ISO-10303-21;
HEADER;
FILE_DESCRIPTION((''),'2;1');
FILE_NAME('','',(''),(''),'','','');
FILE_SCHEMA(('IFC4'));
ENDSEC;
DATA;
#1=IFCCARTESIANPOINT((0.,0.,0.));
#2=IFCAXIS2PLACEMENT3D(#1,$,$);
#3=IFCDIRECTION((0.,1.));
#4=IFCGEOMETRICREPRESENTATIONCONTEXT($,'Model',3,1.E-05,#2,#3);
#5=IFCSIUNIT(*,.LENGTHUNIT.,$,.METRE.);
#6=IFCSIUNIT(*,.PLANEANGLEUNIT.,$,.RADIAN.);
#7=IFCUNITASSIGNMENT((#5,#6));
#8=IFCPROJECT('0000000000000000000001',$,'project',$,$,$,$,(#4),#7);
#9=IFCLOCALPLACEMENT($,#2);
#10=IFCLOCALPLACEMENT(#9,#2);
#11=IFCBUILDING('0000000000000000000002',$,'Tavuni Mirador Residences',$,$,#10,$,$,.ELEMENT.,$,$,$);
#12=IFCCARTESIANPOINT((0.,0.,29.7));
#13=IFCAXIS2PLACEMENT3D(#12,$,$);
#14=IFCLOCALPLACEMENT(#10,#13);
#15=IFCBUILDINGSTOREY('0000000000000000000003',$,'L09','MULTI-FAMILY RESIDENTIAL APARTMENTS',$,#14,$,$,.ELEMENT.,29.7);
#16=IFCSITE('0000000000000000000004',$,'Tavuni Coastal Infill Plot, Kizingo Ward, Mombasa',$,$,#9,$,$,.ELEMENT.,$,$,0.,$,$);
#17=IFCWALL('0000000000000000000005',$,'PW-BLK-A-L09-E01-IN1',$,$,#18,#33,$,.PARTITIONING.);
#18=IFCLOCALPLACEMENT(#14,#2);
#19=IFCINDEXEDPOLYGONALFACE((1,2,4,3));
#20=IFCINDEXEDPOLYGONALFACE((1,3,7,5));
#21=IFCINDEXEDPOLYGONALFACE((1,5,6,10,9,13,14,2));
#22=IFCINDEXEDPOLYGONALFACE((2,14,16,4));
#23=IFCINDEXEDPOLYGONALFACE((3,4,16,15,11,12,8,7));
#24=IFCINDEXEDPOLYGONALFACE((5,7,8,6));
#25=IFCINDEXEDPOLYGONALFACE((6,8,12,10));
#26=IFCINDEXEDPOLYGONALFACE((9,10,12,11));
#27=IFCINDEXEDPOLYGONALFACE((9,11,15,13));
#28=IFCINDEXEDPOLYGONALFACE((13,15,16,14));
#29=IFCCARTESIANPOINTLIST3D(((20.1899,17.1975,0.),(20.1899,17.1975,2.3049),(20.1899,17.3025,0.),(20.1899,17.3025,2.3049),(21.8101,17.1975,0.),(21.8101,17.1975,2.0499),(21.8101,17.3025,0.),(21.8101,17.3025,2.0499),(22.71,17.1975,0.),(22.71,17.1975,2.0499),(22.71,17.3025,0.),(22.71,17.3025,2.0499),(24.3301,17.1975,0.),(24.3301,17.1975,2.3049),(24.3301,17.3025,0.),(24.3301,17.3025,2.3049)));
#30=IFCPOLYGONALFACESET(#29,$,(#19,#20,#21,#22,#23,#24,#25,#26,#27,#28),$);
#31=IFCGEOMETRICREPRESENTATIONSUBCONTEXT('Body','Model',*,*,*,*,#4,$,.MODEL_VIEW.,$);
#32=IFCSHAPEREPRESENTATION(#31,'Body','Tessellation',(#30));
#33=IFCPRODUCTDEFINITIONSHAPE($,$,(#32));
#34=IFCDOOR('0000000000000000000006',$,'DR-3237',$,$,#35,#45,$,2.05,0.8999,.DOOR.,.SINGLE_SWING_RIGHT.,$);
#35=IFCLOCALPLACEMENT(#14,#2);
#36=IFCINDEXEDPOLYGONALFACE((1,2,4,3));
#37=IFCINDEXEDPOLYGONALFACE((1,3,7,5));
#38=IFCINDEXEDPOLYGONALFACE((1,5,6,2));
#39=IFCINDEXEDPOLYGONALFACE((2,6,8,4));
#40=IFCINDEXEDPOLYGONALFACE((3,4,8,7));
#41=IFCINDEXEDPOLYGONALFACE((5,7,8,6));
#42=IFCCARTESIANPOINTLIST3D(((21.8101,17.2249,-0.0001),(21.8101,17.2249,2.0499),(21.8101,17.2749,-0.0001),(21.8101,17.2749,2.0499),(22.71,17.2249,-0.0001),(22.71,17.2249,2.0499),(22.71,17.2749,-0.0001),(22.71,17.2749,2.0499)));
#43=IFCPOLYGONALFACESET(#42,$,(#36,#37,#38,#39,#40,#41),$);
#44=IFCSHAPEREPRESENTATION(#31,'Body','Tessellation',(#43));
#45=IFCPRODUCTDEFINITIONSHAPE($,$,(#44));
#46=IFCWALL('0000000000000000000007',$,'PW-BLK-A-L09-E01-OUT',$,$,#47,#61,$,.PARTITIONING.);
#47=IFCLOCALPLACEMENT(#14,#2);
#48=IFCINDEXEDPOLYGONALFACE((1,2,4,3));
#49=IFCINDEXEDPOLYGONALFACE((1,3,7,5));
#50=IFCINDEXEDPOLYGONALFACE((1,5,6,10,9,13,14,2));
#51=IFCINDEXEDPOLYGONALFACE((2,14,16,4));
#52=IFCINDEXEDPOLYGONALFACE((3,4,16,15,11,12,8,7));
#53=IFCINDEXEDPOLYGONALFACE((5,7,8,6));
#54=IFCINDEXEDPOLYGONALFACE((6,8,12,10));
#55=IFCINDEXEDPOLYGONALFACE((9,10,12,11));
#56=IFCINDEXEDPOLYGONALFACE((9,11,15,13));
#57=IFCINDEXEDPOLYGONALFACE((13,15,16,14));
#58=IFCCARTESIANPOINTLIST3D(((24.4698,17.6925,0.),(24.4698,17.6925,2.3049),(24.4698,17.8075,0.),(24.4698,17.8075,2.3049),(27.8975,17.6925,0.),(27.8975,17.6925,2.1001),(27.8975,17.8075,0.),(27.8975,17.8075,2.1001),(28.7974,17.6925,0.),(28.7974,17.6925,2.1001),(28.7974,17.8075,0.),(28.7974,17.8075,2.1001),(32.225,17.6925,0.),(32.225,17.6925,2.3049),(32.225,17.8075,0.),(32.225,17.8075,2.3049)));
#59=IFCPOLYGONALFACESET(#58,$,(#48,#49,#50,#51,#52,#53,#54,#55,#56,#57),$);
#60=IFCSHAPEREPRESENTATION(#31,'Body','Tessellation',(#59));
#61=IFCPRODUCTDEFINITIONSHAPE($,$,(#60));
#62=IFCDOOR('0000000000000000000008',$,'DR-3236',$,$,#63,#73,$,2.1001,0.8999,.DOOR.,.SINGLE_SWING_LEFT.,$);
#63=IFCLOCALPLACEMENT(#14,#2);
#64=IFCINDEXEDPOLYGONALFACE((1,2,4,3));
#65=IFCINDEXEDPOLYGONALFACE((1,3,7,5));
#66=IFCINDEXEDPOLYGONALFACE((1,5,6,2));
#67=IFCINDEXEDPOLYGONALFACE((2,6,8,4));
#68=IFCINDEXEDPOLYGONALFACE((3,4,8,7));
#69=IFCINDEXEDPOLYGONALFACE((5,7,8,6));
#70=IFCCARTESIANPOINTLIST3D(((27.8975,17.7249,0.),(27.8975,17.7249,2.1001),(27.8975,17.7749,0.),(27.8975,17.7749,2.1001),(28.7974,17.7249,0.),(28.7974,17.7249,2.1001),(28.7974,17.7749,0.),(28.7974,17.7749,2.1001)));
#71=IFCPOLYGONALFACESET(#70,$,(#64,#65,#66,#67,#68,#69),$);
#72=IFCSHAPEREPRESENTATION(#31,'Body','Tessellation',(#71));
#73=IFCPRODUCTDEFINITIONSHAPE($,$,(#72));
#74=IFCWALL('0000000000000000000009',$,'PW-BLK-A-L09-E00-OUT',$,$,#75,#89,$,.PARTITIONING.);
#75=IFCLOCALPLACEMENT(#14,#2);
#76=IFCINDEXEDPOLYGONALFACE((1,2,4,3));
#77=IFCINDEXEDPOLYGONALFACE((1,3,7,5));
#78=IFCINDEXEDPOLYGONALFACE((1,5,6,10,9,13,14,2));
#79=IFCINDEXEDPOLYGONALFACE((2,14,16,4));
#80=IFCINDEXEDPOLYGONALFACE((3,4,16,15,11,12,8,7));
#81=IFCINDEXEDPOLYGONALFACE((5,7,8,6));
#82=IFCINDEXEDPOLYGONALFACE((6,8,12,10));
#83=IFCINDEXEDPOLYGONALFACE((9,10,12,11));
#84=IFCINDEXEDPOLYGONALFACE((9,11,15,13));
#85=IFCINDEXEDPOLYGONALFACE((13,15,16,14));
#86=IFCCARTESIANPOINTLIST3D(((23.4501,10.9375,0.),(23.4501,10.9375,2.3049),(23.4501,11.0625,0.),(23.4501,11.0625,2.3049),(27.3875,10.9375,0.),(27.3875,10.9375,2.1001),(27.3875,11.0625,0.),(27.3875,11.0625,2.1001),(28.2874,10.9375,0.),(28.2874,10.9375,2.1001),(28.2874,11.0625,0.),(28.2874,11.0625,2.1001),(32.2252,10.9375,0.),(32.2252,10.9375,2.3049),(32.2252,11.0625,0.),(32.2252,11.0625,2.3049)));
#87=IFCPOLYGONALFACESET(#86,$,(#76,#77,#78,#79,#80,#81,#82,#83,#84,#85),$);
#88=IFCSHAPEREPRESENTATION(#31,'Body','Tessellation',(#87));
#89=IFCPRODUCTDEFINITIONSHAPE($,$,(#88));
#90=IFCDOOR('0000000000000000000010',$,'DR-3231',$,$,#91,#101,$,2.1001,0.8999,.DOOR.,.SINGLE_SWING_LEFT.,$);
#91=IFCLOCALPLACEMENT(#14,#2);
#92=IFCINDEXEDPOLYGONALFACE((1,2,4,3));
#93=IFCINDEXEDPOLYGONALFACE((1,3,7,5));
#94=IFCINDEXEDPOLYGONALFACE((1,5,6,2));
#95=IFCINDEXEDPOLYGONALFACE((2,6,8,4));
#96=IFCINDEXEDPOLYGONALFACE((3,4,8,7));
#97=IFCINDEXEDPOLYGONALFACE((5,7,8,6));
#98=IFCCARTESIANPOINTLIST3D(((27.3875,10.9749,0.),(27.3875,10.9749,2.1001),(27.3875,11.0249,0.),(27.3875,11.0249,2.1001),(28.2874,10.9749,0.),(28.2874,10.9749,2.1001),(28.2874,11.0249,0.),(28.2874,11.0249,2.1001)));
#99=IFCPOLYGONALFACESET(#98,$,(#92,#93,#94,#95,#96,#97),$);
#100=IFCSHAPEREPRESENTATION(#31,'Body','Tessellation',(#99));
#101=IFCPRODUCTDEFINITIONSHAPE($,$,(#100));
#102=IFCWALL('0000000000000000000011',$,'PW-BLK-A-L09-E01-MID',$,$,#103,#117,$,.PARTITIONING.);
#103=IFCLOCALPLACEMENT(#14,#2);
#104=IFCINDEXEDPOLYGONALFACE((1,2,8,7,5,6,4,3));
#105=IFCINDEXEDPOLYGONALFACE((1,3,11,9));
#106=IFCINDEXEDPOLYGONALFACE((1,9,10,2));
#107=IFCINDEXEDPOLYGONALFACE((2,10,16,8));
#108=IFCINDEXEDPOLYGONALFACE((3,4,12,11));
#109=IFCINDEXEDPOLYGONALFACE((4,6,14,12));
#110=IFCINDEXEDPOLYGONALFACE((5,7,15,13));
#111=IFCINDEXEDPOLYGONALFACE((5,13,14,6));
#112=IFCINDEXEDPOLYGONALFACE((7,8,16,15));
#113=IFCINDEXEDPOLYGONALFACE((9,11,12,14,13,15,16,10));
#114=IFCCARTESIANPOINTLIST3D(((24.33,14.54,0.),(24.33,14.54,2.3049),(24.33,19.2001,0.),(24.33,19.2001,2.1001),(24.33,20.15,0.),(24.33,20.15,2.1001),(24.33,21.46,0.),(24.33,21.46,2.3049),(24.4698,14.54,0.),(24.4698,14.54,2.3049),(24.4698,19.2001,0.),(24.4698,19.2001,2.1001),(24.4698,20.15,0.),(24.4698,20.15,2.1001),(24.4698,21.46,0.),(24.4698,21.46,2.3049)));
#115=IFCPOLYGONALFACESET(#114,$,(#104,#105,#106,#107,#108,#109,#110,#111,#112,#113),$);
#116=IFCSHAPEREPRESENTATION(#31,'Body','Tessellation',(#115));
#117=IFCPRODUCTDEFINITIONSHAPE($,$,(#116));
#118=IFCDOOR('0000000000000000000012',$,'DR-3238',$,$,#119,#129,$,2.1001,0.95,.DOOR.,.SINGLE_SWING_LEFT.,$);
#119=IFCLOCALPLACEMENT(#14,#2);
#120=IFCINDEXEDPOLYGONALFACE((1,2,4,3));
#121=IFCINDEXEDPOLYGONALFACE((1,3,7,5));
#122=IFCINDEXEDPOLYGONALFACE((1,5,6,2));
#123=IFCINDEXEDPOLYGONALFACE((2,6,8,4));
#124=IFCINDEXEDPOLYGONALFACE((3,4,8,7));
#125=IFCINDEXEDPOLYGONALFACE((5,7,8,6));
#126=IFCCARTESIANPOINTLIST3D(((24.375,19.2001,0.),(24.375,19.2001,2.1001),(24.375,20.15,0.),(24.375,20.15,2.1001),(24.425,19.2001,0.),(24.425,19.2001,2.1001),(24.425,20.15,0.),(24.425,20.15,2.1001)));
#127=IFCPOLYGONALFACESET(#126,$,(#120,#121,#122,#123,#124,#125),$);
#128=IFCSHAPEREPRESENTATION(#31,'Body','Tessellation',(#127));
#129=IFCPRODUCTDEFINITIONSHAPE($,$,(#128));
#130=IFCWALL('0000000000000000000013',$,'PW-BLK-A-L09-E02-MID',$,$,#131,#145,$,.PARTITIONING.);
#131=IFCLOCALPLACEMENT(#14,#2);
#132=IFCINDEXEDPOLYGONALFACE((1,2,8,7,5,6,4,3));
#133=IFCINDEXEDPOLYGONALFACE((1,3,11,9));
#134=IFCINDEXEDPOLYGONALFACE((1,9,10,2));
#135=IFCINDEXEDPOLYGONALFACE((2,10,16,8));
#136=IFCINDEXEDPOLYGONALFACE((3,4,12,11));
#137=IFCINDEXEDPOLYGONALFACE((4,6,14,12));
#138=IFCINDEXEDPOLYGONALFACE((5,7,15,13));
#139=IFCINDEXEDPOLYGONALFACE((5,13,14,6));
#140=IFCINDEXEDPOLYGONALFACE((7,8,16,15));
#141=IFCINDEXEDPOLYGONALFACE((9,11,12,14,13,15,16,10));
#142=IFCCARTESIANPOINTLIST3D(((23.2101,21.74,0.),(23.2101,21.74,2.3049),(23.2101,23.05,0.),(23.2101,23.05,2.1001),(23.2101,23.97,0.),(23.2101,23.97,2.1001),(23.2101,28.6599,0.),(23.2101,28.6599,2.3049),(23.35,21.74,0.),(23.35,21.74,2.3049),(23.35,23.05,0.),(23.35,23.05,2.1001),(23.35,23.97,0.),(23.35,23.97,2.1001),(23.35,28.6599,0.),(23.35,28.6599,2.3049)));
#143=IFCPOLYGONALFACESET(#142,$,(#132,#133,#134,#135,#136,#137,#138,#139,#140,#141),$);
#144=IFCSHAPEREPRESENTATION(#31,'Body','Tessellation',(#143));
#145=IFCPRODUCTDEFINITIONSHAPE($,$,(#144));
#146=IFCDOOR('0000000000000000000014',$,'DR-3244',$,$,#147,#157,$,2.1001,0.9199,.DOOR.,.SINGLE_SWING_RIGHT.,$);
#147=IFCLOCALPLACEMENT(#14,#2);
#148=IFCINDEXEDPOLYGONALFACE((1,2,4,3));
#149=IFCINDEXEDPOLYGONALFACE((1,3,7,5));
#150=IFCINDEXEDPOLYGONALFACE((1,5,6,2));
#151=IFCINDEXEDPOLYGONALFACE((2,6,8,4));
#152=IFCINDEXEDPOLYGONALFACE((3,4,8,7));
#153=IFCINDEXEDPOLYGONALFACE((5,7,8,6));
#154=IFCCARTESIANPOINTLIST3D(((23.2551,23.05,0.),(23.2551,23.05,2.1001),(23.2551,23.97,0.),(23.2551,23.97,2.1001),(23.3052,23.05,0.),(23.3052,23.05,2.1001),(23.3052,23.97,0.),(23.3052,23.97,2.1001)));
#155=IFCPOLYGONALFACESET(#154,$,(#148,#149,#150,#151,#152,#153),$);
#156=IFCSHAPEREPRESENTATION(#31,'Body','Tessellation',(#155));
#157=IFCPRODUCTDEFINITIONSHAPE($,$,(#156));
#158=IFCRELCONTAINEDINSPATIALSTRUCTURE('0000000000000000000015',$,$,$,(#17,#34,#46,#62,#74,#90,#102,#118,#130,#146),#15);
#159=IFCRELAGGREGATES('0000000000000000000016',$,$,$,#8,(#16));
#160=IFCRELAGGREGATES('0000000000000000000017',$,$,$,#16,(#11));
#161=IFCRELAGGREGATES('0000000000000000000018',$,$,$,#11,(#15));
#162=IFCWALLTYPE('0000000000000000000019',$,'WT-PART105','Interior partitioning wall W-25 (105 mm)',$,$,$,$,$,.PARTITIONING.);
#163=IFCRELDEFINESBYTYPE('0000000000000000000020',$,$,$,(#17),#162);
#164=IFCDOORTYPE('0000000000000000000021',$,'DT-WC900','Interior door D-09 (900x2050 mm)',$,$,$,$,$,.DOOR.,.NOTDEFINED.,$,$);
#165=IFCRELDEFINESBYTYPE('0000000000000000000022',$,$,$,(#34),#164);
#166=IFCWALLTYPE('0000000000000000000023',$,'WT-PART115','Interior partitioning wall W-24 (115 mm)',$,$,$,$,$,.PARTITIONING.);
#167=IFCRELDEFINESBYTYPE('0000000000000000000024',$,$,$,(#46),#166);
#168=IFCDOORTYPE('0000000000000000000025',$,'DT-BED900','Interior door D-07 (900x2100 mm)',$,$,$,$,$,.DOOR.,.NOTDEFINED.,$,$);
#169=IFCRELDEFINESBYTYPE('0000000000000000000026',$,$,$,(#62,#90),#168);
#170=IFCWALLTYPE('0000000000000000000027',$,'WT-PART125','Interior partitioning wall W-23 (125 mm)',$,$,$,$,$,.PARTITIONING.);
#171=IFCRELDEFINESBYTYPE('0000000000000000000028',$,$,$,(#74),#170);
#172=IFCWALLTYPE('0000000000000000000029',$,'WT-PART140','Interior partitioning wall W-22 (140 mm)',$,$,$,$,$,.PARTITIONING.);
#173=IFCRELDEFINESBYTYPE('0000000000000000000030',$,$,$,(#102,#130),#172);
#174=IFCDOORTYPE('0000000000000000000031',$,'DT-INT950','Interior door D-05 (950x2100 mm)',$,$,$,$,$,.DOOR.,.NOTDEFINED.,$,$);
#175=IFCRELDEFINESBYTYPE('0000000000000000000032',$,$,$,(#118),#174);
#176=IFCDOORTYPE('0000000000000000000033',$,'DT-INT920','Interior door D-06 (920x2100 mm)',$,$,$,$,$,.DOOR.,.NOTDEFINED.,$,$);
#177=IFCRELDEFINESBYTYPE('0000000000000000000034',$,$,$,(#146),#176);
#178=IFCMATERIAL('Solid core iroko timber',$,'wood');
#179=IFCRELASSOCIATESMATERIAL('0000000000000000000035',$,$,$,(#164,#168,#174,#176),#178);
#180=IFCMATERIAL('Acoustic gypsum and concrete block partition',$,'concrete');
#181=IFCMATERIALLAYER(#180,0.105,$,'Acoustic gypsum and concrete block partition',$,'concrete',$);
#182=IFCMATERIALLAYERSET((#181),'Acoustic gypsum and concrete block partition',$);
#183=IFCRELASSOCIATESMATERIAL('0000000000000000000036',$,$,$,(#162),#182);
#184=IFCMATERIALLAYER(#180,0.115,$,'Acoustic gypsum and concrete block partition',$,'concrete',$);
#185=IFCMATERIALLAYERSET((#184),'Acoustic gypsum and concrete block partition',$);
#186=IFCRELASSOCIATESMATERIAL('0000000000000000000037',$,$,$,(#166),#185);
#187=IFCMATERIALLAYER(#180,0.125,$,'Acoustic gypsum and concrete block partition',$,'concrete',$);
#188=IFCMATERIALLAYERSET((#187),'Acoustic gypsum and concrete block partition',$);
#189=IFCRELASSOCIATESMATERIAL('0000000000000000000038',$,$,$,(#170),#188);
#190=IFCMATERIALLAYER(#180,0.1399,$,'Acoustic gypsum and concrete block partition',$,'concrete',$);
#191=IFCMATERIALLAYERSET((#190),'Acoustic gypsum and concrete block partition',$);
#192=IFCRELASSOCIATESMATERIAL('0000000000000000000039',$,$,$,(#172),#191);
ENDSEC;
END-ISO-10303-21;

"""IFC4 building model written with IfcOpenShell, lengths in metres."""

from ifc_helpers import new_model, si_unit, direction, frame, frame_2d, origin, place, context, subcontext, project, spatial, rectangle, extrude, material, layer, layer_set, type_object, element, fill, save


model = new_model("IFC4")

# Units and contexts
model_context = context("Model", 3, precision=1e-05, world=origin(), true_north=direction((0.0, 1.0)))
body_context = subcontext(model_context, "Body", "Model", "MODEL_VIEW")
ifc_project = project(units=[si_unit("LENGTHUNIT", "METRE"), si_unit("PLANEANGLEUNIT", "RADIAN")], contexts=[model_context])

# Site, building, storey
site_placement = place(None, origin())
site = spatial("IfcSite", under=ifc_project, at=site_placement, Name="Tavuni Coastal Infill Plot, Kizingo Ward, Mombasa", CompositionType="ELEMENT", RefElevation=0.0)
building_placement = place(site_placement, origin())
building = spatial("IfcBuilding", under=site, at=building_placement, Name="Tavuni Mirador Residences", CompositionType="ELEMENT")
storey_placement = place(building_placement, frame((0.0, 0.0, 29.7)))
storey = spatial("IfcBuildingStorey", under=building, at=storey_placement, Name="L09", Description="MULTI-FAMILY RESIDENTIAL APARTMENTS", CompositionType="ELEMENT", Elevation=29.7)

# Walls, openings, doors
ifc_material_1 = material(Name="Acoustic gypsum and concrete block partition", Category="concrete")
ifc_material_2 = material(Name="Solid core iroko timber", Category="wood")
door_type_1 = type_object("IfcDoorType", Name="DT-WC900", Description="Interior door D-09 (900x2050 mm)", OperationType="NOTDEFINED", PredefinedType="DOOR", material=ifc_material_2)
ifc_layer_1 = layer(ifc_material_1, 0.105, Name="Acoustic gypsum and concrete block partition", Category="concrete")
ifc_layer_set_1 = layer_set([ifc_layer_1], Name="Acoustic gypsum and concrete block partition")
wall_type_1 = type_object("IfcWallType", Name="WT-PART105", Description="Interior partitioning wall W-25 (105 mm)", PredefinedType="PARTITIONING", material=ifc_layer_set_1)
wall_1_placement = place(storey_placement, frame((20.1899, 17.25, 0.0), z_axis=(0.0, 0.0, 1.0), x_axis=(1.0, 0.0, 0.0)))
wall_1 = element("IfcWall", 1, at=wall_1_placement, inside=storey, type_object=wall_type_1, Name="PW-BLK-A-L09-E01-IN1", PredefinedType="PARTITIONING", context=body_context, shape_type="SweptSolid", body=[
    extrude(rectangle(XDim=4.1401, YDim=0.105, at=frame_2d((2.0701, 0.0))), origin(), (0.0, 0.0, 1.0), 2.3049),
])
opening_1_placement = place(wall_1_placement, frame((1.6201, 0.0, 0.0)))
opening_1 = element("IfcOpeningElement", 2, at=opening_1_placement, cuts=wall_1, PredefinedType="OPENING", context=body_context, shape_type="SweptSolid", body=[
    extrude(rectangle(XDim=0.8999, YDim=2.05, at=frame_2d((0.45, 1.0249))), frame((0.0, 0.0625, 0.0), z_axis=(0.0, -1.0, 0.0), x_axis=(1.0, 0.0, 0.0)), (0.0, 0.0, 1.0), 0.125),
])
door_1_placement = place(opening_1_placement, origin())
door_1 = element("IfcDoor", 3, at=door_1_placement, inside=storey, type_object=door_type_1, Name="DR-3237", OperationType="SINGLE_SWING_RIGHT", OverallHeight=2.05, OverallWidth=0.8999, PredefinedType="DOOR", context=body_context, shape_type="SweptSolid", body=[
    extrude(rectangle(XDim=0.8999, YDim=2.05, at=frame_2d((0.45, 1.0249))), frame((0.0, 0.0249, 0.0), z_axis=(0.0, -1.0, 0.0), x_axis=(1.0, 0.0, 0.0)), (0.0, 0.0, 1.0), 0.05),
])
fill(opening_1, door_1)
ifc_layer_2 = layer(ifc_material_1, 0.115, Name="Acoustic gypsum and concrete block partition", Category="concrete")
ifc_layer_set_2 = layer_set([ifc_layer_2], Name="Acoustic gypsum and concrete block partition")
wall_type_2 = type_object("IfcWallType", Name="WT-PART115", Description="Interior partitioning wall W-24 (115 mm)", PredefinedType="PARTITIONING", material=ifc_layer_set_2)
wall_2_placement = place(storey_placement, frame((24.47, 17.75, 0.0), z_axis=(0.0, 0.0, 1.0), x_axis=(1.0, 0.0, 0.0)))
wall_2 = element("IfcWall", 4, at=wall_2_placement, inside=storey, type_object=wall_type_2, Name="PW-BLK-A-L09-E01-OUT", PredefinedType="PARTITIONING", context=body_context, shape_type="SweptSolid", body=[
    extrude(rectangle(XDim=7.7551, YDim=0.115, at=frame_2d((3.8774, 0.0))), origin(), (0.0, 0.0, 1.0), 2.3049),
])
opening_2_placement = place(wall_2_placement, frame((3.4275, 0.0, 0.0)))
opening_2 = element("IfcOpeningElement", 5, at=opening_2_placement, cuts=wall_2, PredefinedType="OPENING", context=body_context, shape_type="SweptSolid", body=[
    extrude(rectangle(XDim=0.8999, YDim=2.1001, at=frame_2d((0.45, 1.05))), frame((0.0, 0.0674, 0.0), z_axis=(0.0, -1.0, 0.0), x_axis=(1.0, 0.0, 0.0)), (0.0, 0.0, 1.0), 0.135),
])
door_type_2 = type_object("IfcDoorType", Name="DT-BED900", Description="Interior door D-07 (900x2100 mm)", OperationType="NOTDEFINED", PredefinedType="DOOR", material=ifc_material_2)
door_2_placement = place(opening_2_placement, origin())
door_2 = element("IfcDoor", 6, at=door_2_placement, inside=storey, type_object=door_type_2, Name="DR-3236", OperationType="SINGLE_SWING_LEFT", OverallHeight=2.1001, OverallWidth=0.8999, PredefinedType="DOOR", context=body_context, shape_type="SweptSolid", body=[
    extrude(rectangle(XDim=0.8999, YDim=2.1001, at=frame_2d((0.45, 1.05))), frame((0.0, 0.0249, 0.0), z_axis=(0.0, -1.0, 0.0), x_axis=(1.0, 0.0, 0.0)), (0.0, 0.0, 1.0), 0.05),
])
fill(opening_2, door_2)
ifc_layer_3 = layer(ifc_material_1, 0.125, Name="Acoustic gypsum and concrete block partition", Category="concrete")
ifc_layer_set_3 = layer_set([ifc_layer_3], Name="Acoustic gypsum and concrete block partition")
wall_type_3 = type_object("IfcWallType", Name="WT-PART125", Description="Interior partitioning wall W-23 (125 mm)", PredefinedType="PARTITIONING", material=ifc_layer_set_3)
wall_3_placement = place(storey_placement, frame((23.45, 11.0, 0.0), z_axis=(0.0, 0.0, 1.0), x_axis=(1.0, 0.0, 0.0)))
wall_3 = element("IfcWall", 7, at=wall_3_placement, inside=storey, type_object=wall_type_3, Name="PW-BLK-A-L09-E00-OUT", PredefinedType="PARTITIONING", context=body_context, shape_type="SweptSolid", body=[
    extrude(rectangle(XDim=8.7751, YDim=0.125, at=frame_2d((4.3877, 0.0))), origin(), (0.0, 0.0, 1.0), 2.3049),
])
opening_3_placement = place(wall_3_placement, frame((3.9375, 0.0, 0.0)))
opening_3 = element("IfcOpeningElement", 8, at=opening_3_placement, cuts=wall_3, PredefinedType="OPENING", context=body_context, shape_type="SweptSolid", body=[
    extrude(rectangle(XDim=0.8999, YDim=2.1001, at=frame_2d((0.45, 1.05))), frame((0.0, 0.0725, 0.0), z_axis=(0.0, -1.0, 0.0), x_axis=(1.0, 0.0, 0.0)), (0.0, 0.0, 1.0), 0.145),
])
door_3_placement = place(opening_3_placement, origin())
door_3 = element("IfcDoor", 9, at=door_3_placement, inside=storey, type_object=door_type_2, Name="DR-3231", OperationType="SINGLE_SWING_LEFT", OverallHeight=2.1001, OverallWidth=0.8999, PredefinedType="DOOR", context=body_context, shape_type="SweptSolid", body=[
    extrude(rectangle(XDim=0.8999, YDim=2.1001, at=frame_2d((0.45, 1.05))), frame((0.0, 0.0249, 0.0), z_axis=(0.0, -1.0, 0.0), x_axis=(1.0, 0.0, 0.0)), (0.0, 0.0, 1.0), 0.05),
])
fill(opening_3, door_3)
ifc_layer_4 = layer(ifc_material_1, 0.1399, Name="Acoustic gypsum and concrete block partition", Category="concrete")
ifc_layer_set_4 = layer_set([ifc_layer_4], Name="Acoustic gypsum and concrete block partition")
wall_type_4 = type_object("IfcWallType", Name="WT-PART140", Description="Interior partitioning wall W-22 (140 mm)", PredefinedType="PARTITIONING", material=ifc_layer_set_4)
wall_4_placement = place(storey_placement, frame((24.3999, 14.54, 0.0), z_axis=(0.0, 0.0, 1.0), x_axis=(0.0, 1.0, 0.0)))
wall_4 = element("IfcWall", 10, at=wall_4_placement, inside=storey, type_object=wall_type_4, Name="PW-BLK-A-L09-E01-MID", PredefinedType="PARTITIONING", context=body_context, shape_type="SweptSolid", body=[
    extrude(rectangle(XDim=6.9199, YDim=0.1399, at=frame_2d((3.46, 0.0))), origin(), (0.0, 0.0, 1.0), 2.3049),
])
opening_4_placement = place(wall_4_placement, frame((4.6599, 0.0, 0.0)))
opening_4 = element("IfcOpeningElement", 11, at=opening_4_placement, cuts=wall_4, PredefinedType="OPENING", context=body_context, shape_type="SweptSolid", body=[
    extrude(rectangle(XDim=0.95, YDim=2.1001, at=frame_2d((0.4751, 1.05))), frame((0.0, 0.0801, 0.0), z_axis=(0.0, -1.0, 0.0), x_axis=(1.0, 0.0, 0.0)), (0.0, 0.0, 1.0), 0.1599),
])
door_type_3 = type_object("IfcDoorType", Name="DT-INT950", Description="Interior door D-05 (950x2100 mm)", OperationType="NOTDEFINED", PredefinedType="DOOR", material=ifc_material_2)
door_4_placement = place(opening_4_placement, origin())
door_4 = element("IfcDoor", 12, at=door_4_placement, inside=storey, type_object=door_type_3, Name="DR-3238", OperationType="SINGLE_SWING_LEFT", OverallHeight=2.1001, OverallWidth=0.95, PredefinedType="DOOR", context=body_context, shape_type="SweptSolid", body=[
    extrude(rectangle(XDim=0.95, YDim=2.1001, at=frame_2d((0.4751, 1.05))), frame((0.0, 0.0249, 0.0), z_axis=(0.0, -1.0, 0.0), x_axis=(1.0, 0.0, 0.0)), (0.0, 0.0, 1.0), 0.05),
])
fill(opening_4, door_4)
wall_5_placement = place(storey_placement, frame((23.28, 21.74, 0.0), z_axis=(0.0, 0.0, 1.0), x_axis=(0.0, 1.0, 0.0)))
wall_5 = element("IfcWall", 13, at=wall_5_placement, inside=storey, type_object=wall_type_4, Name="PW-BLK-A-L09-E02-MID", PredefinedType="PARTITIONING", context=body_context, shape_type="SweptSolid", body=[
    extrude(rectangle(XDim=6.9199, YDim=0.1399, at=frame_2d((3.46, 0.0))), origin(), (0.0, 0.0, 1.0), 2.3049),
])
opening_5_placement = place(wall_5_placement, frame((1.3101, 0.0, 0.0)))
opening_5 = element("IfcOpeningElement", 14, at=opening_5_placement, cuts=wall_5, PredefinedType="OPENING", context=body_context, shape_type="SweptSolid", body=[
    extrude(rectangle(XDim=0.9199, YDim=2.1001, at=frame_2d((0.46, 1.05))), frame((0.0, 0.0801, 0.0), z_axis=(0.0, -1.0, 0.0), x_axis=(1.0, 0.0, 0.0)), (0.0, 0.0, 1.0), 0.1599),
])
door_type_4 = type_object("IfcDoorType", Name="DT-INT920", Description="Interior door D-06 (920x2100 mm)", OperationType="NOTDEFINED", PredefinedType="DOOR", material=ifc_material_2)
door_5_placement = place(opening_5_placement, origin())
door_5 = element("IfcDoor", 15, at=door_5_placement, inside=storey, type_object=door_type_4, Name="DR-3244", OperationType="SINGLE_SWING_RIGHT", OverallHeight=2.1001, OverallWidth=0.9199, PredefinedType="DOOR", context=body_context, shape_type="SweptSolid", body=[
    extrude(rectangle(XDim=0.9199, YDim=2.1001, at=frame_2d((0.46, 1.05))), frame((0.0, 0.0249, 0.0), z_axis=(0.0, -1.0, 0.0), x_axis=(1.0, 0.0, 0.0)), (0.0, 0.0, 1.0), 0.05),
])
fill(opening_5, door_5)

save(model, "model.ifc")
